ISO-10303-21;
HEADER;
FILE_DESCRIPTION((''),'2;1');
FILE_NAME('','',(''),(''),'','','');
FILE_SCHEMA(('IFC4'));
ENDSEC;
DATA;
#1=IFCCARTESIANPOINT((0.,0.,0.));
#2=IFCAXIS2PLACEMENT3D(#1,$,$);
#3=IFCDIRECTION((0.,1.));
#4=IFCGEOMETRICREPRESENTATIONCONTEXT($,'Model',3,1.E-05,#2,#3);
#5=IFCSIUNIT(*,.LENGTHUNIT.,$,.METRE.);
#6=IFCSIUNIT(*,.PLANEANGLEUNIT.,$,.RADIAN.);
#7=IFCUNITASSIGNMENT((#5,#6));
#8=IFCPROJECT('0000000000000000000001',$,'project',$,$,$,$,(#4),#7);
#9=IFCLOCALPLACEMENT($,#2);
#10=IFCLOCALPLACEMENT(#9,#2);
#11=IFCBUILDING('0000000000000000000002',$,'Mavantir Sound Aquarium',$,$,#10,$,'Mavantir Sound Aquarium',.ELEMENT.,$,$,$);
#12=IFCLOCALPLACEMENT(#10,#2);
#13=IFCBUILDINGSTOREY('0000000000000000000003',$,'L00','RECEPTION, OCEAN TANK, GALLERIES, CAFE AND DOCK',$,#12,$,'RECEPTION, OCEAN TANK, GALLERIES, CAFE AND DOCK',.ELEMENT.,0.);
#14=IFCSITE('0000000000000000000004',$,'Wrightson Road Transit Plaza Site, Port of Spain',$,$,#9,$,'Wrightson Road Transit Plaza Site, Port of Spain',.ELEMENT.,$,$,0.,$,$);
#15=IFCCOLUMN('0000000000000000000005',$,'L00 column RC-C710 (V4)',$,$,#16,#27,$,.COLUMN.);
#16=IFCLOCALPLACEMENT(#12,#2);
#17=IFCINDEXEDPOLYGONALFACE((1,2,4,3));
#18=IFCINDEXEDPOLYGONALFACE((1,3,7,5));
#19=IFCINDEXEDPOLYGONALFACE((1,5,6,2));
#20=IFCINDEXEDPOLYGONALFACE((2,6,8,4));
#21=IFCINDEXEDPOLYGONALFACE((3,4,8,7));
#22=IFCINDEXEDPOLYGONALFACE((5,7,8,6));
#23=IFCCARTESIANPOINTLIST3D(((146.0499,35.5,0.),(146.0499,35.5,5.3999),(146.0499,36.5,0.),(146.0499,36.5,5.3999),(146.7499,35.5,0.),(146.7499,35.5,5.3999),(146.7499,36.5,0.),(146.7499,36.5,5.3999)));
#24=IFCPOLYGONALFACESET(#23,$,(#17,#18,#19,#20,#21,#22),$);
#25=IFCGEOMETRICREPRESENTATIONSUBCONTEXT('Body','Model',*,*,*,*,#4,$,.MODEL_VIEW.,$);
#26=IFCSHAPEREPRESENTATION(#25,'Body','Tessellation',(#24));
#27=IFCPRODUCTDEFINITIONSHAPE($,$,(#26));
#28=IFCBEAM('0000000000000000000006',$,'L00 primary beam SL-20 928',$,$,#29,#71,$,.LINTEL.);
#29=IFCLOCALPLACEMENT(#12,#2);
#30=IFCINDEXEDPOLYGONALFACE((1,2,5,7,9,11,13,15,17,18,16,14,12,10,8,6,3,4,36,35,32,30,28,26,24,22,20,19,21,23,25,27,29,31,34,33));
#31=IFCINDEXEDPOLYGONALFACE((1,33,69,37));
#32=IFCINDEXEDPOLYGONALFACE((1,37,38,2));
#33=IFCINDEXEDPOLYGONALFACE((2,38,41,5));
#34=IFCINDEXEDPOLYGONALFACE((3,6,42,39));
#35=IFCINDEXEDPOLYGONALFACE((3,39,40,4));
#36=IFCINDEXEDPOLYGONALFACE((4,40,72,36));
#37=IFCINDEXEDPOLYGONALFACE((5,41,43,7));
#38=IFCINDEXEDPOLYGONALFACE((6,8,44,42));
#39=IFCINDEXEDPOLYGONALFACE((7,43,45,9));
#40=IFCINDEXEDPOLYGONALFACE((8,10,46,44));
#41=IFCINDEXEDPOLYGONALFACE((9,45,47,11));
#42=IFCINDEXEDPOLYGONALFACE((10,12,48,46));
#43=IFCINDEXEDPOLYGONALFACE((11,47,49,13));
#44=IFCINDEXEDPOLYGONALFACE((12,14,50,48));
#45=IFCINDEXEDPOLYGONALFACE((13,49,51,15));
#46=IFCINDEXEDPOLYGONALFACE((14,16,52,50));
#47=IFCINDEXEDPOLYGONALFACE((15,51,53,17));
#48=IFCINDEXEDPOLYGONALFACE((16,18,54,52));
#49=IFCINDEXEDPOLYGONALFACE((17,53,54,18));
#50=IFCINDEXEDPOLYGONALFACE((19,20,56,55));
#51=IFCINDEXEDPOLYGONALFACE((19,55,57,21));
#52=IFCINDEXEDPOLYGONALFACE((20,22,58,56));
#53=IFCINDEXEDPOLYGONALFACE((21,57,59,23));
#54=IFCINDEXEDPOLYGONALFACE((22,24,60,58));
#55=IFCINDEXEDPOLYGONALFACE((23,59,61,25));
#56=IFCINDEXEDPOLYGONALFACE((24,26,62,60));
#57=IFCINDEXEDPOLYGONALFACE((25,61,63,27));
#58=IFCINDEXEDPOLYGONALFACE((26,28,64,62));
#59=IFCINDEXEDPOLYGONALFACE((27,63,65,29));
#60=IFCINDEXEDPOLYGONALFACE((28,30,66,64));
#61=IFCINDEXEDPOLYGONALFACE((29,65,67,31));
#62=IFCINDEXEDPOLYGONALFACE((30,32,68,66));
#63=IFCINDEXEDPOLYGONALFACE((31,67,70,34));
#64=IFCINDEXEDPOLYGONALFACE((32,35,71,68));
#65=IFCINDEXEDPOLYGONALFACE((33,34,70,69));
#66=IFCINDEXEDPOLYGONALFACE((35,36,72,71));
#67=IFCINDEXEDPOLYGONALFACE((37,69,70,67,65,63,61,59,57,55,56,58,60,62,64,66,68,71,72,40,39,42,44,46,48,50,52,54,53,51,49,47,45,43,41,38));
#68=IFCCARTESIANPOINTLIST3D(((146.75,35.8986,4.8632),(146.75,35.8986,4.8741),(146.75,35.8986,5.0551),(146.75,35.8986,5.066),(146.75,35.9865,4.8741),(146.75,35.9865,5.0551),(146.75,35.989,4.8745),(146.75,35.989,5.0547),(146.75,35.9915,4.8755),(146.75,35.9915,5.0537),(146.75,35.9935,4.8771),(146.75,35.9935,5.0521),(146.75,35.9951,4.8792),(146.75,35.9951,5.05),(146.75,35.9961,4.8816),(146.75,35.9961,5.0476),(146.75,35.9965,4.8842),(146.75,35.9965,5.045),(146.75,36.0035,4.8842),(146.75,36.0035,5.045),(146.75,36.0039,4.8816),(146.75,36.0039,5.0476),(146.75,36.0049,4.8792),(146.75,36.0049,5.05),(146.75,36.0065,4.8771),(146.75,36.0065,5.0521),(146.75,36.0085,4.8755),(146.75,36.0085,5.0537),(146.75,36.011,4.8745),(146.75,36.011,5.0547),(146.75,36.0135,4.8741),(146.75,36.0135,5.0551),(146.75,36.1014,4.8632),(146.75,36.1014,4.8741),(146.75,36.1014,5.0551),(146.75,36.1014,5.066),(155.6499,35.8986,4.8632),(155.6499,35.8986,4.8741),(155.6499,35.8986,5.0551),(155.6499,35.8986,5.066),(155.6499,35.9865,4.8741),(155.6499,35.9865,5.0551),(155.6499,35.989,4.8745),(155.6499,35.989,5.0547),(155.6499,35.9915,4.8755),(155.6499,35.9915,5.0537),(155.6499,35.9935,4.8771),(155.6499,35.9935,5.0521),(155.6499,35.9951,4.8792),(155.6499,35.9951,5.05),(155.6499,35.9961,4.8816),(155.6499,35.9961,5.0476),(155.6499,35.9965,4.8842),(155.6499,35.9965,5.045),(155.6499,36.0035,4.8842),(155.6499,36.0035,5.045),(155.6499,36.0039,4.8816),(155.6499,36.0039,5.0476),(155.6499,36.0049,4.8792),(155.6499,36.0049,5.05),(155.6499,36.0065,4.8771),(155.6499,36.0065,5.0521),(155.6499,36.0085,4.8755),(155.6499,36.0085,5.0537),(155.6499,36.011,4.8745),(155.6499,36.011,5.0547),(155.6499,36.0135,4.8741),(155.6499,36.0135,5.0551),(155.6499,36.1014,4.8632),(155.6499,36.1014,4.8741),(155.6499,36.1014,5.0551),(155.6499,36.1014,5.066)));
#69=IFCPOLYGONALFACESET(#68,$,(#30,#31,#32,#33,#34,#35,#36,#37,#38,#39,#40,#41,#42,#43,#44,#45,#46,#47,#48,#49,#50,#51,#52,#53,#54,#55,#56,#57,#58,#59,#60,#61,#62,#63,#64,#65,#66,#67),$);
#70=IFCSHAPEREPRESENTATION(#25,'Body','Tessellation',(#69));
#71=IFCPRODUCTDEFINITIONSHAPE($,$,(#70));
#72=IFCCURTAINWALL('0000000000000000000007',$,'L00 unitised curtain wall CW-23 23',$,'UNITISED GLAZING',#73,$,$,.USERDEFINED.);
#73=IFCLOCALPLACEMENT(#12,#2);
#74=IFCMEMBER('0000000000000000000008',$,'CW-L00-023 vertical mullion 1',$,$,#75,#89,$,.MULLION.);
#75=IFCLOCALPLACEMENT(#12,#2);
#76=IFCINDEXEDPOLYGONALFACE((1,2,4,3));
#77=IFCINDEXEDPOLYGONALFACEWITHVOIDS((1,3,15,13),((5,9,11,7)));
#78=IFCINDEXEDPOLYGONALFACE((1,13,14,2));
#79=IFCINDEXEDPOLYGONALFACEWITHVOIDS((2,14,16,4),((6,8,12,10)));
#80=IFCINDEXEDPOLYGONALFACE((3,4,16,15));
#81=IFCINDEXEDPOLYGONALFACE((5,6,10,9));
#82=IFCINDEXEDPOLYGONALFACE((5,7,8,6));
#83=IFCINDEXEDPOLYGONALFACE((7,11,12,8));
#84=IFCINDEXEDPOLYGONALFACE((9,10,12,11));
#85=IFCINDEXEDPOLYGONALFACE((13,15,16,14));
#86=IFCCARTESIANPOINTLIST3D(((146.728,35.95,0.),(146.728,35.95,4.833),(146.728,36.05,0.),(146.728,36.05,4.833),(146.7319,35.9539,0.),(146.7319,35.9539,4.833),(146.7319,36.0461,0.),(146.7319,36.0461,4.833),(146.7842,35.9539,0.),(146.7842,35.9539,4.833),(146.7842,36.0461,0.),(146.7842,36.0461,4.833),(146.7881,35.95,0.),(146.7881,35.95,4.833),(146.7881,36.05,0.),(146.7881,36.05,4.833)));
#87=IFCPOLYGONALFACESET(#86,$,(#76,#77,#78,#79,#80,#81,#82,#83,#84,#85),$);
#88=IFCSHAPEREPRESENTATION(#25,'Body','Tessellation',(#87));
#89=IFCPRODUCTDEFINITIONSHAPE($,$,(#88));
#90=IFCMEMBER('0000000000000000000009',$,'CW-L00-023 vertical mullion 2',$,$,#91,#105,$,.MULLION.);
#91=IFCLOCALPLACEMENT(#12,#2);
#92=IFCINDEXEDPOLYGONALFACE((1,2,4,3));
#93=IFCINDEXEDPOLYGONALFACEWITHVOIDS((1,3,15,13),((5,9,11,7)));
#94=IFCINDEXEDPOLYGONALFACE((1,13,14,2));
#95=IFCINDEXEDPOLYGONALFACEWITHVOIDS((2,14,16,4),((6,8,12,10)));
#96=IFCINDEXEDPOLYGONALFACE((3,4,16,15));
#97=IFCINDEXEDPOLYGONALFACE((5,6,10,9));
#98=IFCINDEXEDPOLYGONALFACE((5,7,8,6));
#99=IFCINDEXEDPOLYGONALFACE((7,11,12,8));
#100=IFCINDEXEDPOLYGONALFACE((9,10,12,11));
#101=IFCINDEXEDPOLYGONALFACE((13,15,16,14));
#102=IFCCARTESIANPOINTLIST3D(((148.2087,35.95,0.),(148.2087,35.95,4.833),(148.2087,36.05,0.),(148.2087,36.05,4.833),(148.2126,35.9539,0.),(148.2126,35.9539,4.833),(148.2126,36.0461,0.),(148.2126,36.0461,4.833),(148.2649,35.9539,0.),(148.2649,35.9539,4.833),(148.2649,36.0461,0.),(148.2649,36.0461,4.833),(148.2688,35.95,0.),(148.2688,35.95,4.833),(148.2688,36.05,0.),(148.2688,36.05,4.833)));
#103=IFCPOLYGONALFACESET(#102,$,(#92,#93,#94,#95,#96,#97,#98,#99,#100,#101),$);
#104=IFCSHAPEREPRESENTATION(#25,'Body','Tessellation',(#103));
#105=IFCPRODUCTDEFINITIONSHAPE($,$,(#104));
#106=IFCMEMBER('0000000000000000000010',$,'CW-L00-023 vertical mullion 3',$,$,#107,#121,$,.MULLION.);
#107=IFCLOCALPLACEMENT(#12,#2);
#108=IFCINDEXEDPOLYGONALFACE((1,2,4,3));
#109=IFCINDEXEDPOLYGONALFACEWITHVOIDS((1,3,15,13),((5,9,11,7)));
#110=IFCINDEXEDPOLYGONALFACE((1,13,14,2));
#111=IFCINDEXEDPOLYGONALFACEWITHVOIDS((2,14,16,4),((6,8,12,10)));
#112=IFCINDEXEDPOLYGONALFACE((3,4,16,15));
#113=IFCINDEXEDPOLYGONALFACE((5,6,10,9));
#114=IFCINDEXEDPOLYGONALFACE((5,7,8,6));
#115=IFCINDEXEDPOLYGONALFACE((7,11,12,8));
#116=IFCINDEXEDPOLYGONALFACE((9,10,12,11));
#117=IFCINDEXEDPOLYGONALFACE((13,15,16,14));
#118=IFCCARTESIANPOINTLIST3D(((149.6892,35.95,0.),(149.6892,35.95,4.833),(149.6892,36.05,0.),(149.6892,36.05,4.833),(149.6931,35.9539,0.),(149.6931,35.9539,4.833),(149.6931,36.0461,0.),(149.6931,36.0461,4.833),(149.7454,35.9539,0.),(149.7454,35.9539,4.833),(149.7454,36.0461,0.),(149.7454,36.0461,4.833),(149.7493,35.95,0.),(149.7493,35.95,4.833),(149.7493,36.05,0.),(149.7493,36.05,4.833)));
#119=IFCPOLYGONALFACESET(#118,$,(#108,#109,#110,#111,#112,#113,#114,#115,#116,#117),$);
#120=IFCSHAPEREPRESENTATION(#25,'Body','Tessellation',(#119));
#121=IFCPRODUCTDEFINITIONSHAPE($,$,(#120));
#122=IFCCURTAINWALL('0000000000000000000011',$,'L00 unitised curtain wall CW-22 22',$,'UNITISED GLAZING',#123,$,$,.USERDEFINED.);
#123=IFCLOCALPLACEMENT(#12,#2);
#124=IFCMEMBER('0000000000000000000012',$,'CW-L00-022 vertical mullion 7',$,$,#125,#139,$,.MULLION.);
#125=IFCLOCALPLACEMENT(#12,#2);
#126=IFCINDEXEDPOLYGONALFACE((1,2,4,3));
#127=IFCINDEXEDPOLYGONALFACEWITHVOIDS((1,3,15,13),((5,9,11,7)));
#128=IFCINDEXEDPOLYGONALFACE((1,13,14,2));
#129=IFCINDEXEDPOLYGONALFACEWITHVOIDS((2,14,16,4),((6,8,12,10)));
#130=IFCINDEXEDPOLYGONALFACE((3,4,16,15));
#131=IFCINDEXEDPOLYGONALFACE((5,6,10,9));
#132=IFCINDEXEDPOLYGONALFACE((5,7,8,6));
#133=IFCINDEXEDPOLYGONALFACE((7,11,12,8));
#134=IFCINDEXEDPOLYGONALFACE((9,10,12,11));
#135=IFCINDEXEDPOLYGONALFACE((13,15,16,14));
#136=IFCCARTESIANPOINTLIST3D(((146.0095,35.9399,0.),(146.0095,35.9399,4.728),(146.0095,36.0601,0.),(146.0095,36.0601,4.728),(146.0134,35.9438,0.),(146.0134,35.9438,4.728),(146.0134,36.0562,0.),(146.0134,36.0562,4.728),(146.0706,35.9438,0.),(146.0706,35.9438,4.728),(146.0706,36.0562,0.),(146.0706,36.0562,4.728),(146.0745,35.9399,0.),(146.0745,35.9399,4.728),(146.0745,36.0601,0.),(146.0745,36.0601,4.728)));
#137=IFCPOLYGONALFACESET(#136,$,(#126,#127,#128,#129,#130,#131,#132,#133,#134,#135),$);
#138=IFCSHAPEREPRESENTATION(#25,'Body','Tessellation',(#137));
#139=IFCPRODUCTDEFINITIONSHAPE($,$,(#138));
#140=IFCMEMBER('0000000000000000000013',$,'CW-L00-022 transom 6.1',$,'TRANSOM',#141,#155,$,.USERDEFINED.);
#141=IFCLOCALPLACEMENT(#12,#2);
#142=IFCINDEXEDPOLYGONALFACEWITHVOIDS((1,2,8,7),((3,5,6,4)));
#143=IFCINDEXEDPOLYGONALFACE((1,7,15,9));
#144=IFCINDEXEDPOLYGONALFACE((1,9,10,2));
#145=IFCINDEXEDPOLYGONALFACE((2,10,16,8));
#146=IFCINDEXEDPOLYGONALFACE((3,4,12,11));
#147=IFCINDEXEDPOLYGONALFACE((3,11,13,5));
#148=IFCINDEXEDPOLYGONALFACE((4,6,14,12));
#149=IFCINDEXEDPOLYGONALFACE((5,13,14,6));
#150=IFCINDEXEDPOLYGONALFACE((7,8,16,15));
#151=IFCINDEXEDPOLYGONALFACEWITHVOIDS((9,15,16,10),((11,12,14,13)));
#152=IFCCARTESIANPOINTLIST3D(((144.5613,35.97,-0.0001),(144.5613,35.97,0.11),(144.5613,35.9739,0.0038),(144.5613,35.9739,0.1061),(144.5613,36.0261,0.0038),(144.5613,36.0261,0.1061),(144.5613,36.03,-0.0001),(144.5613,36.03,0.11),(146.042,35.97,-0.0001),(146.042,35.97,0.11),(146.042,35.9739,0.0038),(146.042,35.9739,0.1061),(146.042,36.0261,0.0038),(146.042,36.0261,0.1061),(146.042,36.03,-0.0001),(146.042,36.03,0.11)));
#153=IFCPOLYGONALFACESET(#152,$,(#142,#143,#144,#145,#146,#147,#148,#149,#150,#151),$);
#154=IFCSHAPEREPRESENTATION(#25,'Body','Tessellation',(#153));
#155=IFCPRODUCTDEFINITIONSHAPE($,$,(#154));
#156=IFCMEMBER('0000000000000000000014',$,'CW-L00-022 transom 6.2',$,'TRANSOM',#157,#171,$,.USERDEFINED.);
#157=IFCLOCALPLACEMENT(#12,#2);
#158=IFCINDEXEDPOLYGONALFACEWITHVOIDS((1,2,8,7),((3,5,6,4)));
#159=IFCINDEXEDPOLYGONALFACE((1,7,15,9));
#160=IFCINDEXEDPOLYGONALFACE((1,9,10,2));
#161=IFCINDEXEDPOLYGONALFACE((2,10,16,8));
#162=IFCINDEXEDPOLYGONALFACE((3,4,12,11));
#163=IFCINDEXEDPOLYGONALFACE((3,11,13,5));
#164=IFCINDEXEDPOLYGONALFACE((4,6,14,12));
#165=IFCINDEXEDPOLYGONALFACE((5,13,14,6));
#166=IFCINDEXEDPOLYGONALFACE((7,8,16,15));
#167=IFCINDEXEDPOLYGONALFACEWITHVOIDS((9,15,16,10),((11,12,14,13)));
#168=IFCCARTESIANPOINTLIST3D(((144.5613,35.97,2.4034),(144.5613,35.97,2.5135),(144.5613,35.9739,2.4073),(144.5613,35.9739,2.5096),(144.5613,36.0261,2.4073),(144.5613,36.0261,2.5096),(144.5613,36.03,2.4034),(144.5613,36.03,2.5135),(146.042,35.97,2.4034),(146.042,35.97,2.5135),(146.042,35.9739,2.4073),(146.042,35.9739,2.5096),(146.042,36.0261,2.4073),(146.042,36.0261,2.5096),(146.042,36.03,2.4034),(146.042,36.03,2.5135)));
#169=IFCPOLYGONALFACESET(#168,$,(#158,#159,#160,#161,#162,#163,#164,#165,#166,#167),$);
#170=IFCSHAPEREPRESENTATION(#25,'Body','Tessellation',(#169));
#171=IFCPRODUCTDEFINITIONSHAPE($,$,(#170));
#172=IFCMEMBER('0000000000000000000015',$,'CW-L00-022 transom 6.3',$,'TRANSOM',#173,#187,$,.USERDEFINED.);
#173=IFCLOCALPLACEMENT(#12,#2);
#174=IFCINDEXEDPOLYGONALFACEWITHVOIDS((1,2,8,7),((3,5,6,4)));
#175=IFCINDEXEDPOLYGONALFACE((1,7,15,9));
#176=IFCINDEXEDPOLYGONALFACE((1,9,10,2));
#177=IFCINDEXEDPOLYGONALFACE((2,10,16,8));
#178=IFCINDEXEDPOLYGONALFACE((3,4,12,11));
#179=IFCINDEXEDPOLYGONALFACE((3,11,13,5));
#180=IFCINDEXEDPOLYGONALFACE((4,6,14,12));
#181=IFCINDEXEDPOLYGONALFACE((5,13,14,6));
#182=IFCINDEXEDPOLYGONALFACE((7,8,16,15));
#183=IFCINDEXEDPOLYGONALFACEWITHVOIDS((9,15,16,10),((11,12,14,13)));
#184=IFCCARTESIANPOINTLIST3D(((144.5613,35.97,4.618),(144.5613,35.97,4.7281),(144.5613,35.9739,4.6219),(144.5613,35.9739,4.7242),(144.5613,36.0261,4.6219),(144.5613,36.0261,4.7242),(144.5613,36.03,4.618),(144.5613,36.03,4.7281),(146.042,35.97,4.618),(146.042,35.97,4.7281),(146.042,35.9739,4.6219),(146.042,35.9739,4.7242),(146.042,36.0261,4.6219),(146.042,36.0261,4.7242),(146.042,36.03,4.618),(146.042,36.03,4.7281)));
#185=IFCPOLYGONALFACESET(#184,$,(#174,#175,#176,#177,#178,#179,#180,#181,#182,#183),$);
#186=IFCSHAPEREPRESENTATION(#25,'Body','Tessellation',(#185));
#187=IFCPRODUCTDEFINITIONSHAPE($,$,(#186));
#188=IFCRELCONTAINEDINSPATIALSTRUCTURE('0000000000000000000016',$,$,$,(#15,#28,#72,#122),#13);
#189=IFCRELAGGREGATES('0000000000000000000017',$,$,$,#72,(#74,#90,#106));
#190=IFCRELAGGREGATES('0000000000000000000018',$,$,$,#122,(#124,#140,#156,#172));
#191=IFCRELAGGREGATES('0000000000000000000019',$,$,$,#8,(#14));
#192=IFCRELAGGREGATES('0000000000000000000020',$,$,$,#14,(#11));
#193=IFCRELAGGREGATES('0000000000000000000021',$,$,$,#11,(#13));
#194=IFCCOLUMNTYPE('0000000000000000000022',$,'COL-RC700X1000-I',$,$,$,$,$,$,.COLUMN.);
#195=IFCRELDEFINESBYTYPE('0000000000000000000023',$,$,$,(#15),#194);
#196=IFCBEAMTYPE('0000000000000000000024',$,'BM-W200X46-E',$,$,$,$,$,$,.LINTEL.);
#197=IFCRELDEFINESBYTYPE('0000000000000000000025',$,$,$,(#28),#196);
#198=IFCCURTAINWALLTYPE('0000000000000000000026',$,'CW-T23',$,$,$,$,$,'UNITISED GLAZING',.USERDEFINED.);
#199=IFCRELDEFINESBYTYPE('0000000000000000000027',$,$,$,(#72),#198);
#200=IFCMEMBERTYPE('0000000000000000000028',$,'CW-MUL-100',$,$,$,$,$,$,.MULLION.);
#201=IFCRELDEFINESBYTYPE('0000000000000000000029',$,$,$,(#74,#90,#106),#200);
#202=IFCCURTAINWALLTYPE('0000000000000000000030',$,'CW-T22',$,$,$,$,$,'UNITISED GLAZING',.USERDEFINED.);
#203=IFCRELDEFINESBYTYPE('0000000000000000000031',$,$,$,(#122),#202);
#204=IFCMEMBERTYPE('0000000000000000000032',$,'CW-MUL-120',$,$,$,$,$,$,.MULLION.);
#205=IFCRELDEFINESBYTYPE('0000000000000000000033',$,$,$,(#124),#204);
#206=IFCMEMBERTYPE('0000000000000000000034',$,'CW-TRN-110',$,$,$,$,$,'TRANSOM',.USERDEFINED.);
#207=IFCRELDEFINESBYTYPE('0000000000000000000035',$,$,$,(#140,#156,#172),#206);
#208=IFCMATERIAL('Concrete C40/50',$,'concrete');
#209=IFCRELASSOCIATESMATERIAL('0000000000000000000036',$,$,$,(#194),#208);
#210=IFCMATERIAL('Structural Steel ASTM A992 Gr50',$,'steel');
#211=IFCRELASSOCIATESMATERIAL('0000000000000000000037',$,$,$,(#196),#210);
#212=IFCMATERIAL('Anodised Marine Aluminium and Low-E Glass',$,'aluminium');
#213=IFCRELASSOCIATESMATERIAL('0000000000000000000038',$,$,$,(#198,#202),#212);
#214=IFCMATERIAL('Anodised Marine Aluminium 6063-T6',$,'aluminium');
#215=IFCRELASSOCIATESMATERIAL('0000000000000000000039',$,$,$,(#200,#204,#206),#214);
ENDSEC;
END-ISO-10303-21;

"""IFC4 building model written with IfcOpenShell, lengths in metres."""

from ifc_helpers import new_model, si_unit, direction, frame, origin, origin_2d, place, context, subcontext, project, spatial, rectangle, hollow_rectangle, i_section, extrude, material, material_profile, profile_set, type_object, element, aggregate, save


model = new_model("IFC4")

# Units and contexts
model_context = context("Model", 3, precision=1e-05, world=origin(), true_north=direction((0.0, 1.0)))
body_context = subcontext(model_context, "Body", "Model", "MODEL_VIEW")
ifc_project = project(units=[si_unit("LENGTHUNIT", "METRE"), si_unit("PLANEANGLEUNIT", "RADIAN")], contexts=[model_context])

# Site, building, storey
site_placement = place(None, origin())
site = spatial("IfcSite", under=ifc_project, at=site_placement, Name="Wrightson Road Transit Plaza Site, Port of Spain", LongName="Wrightson Road Transit Plaza Site, Port of Spain", CompositionType="ELEMENT", RefElevation=0.0)
building_placement = place(site_placement, origin())
building = spatial("IfcBuilding", under=site, at=building_placement, Name="Mavantir Sound Aquarium", LongName="Mavantir Sound Aquarium", CompositionType="ELEMENT")
storey_placement = place(building_placement, origin())
storey = spatial("IfcBuildingStorey", under=building, at=storey_placement, Name="L00", Description="RECEPTION, OCEAN TANK, GALLERIES, CAFE AND DOCK", LongName="RECEPTION, OCEAN TANK, GALLERIES, CAFE AND DOCK", CompositionType="ELEMENT", Elevation=0.0)

# Column
ifc_material_1 = material(Name="Concrete C40/50", Category="concrete")
ifc_material_profile_1 = material_profile(ifc_material_1, rectangle(XDim=0.7, YDim=1.0, at=origin_2d()), Name="RC 700X1000")
ifc_profile_set_1 = profile_set([ifc_material_profile_1], Name="Concrete C40/50")
column_type = type_object("IfcColumnType", Name="COL-RC700X1000-I", PredefinedType="COLUMN", material=ifc_profile_set_1)
column_placement = place(storey_placement, frame((146.3999, 36.0, 0.0), z_axis=(0.0, 0.0, 1.0), x_axis=(1.0, 0.0, 0.0)))
element("IfcColumn", 1, at=column_placement, inside=storey, type_object=column_type, Name="L00 column RC-C710 (V4)", PredefinedType="COLUMN", context=body_context, shape_type="SweptSolid", body=[
    extrude(rectangle(XDim=0.7, YDim=1.0, at=origin_2d()), origin(), (0.0, 0.0, 1.0), 5.3999),
])

# Beam
ifc_material_2 = material(Name="Structural Steel ASTM A992 Gr50", Category="steel")
ifc_material_profile_2 = material_profile(ifc_material_2, i_section(OverallWidth=0.2029, OverallDepth=0.2029, WebThickness=0.0071, FlangeThickness=0.011, FilletRadius=0.01, at=origin_2d()), Name="W200X46")
ifc_profile_set_2 = profile_set([ifc_material_profile_2], Name="Structural Steel ASTM A992 Gr50")
beam_type = type_object("IfcBeamType", Name="BM-W200X46-E", PredefinedType="LINTEL", material=ifc_profile_set_2)
beam_placement = place(storey_placement, frame((146.75, 36.0, 4.9646), z_axis=(1.0, 0.0, 0.0), x_axis=(0.0, 1.0, 0.0)))
element("IfcBeam", 2, at=beam_placement, inside=storey, type_object=beam_type, Name="L00 primary beam SL-20 928", PredefinedType="LINTEL", context=body_context, shape_type="SweptSolid", body=[
    extrude(i_section(OverallWidth=0.2029, OverallDepth=0.2029, WebThickness=0.0071, FlangeThickness=0.011, FilletRadius=0.01, at=origin_2d()), origin(), (0.0, 0.0, 1.0), 8.8999),
])

# Curtain walls, members
ifc_material_3 = material(Name="Anodised Marine Aluminium and Low-E Glass", Category="aluminium")
curtain_wall_type_1 = type_object("IfcCurtainWallType", Name="CW-T23", ElementType="UNITISED GLAZING", PredefinedType="USERDEFINED", material=ifc_material_3)
curtain_wall_1_placement = place(storey_placement, origin())
curtain_wall_1 = element("IfcCurtainWall", 3, at=curtain_wall_1_placement, inside=storey, type_object=curtain_wall_type_1, Name="L00 unitised curtain wall CW-23 23", ObjectType="UNITISED GLAZING", PredefinedType="USERDEFINED")
ifc_material_4 = material(Name="Anodised Marine Aluminium 6063-T6", Category="aluminium")
ifc_material_profile_3 = material_profile(ifc_material_4, hollow_rectangle(XDim=0.0601, YDim=0.1001, WallThickness=0.0039, at=origin_2d()), Name="ALU-MULLION-100X60")
ifc_profile_set_3 = profile_set([ifc_material_profile_3], Name="Anodised Marine Aluminium 6063-T6")
member_type_1 = type_object("IfcMemberType", Name="CW-MUL-100", PredefinedType="MULLION", material=ifc_profile_set_3)
member_1_placement = place(storey_placement, frame((146.7581, 36.0, 0.0), z_axis=(0.0, 0.0, 1.0), x_axis=(1.0, 0.0, 0.0)))
member_1 = element("IfcMember", 4, at=member_1_placement, type_object=member_type_1, Name="CW-L00-023 vertical mullion 1", PredefinedType="MULLION", context=body_context, shape_type="SweptSolid", body=[
    extrude(hollow_rectangle(XDim=0.0601, YDim=0.1001, WallThickness=0.0039, at=origin_2d()), origin(), (0.0, 0.0, 1.0), 4.833),
])
member_2_placement = place(storey_placement, frame((148.2388, 36.0, 0.0), z_axis=(0.0, 0.0, 1.0), x_axis=(1.0, 0.0, 0.0)))
member_2 = element("IfcMember", 5, at=member_2_placement, type_object=member_type_1, Name="CW-L00-023 vertical mullion 2", PredefinedType="MULLION", context=body_context, shape_type="SweptSolid", body=[
    extrude(hollow_rectangle(XDim=0.0601, YDim=0.1001, WallThickness=0.0039, at=origin_2d()), origin(), (0.0, 0.0, 1.0), 4.833),
])
member_3_placement = place(storey_placement, frame((149.7192, 36.0, 0.0), z_axis=(0.0, 0.0, 1.0), x_axis=(1.0, 0.0, 0.0)))
member_3 = element("IfcMember", 6, at=member_3_placement, type_object=member_type_1, Name="CW-L00-023 vertical mullion 3", PredefinedType="MULLION", context=body_context, shape_type="SweptSolid", body=[
    extrude(hollow_rectangle(XDim=0.0601, YDim=0.1001, WallThickness=0.0039, at=origin_2d()), origin(), (0.0, 0.0, 1.0), 4.833),
])
curtain_wall_type_2 = type_object("IfcCurtainWallType", Name="CW-T22", ElementType="UNITISED GLAZING", PredefinedType="USERDEFINED", material=ifc_material_3)
curtain_wall_2_placement = place(storey_placement, origin())
curtain_wall_2 = element("IfcCurtainWall", 7, at=curtain_wall_2_placement, inside=storey, type_object=curtain_wall_type_2, Name="L00 unitised curtain wall CW-22 22", ObjectType="UNITISED GLAZING", PredefinedType="USERDEFINED")
ifc_material_profile_4 = material_profile(ifc_material_4, hollow_rectangle(XDim=0.0649, YDim=0.1201, WallThickness=0.0039, at=origin_2d()), Name="ALU-MULLION-120X65")
ifc_profile_set_4 = profile_set([ifc_material_profile_4], Name="Anodised Marine Aluminium 6063-T6")
member_type_2 = type_object("IfcMemberType", Name="CW-MUL-120", PredefinedType="MULLION", material=ifc_profile_set_4)
member_4_placement = place(storey_placement, frame((146.042, 36.0, 0.0), z_axis=(0.0, 0.0, 1.0), x_axis=(1.0, 0.0, 0.0)))
member_4 = element("IfcMember", 8, at=member_4_placement, type_object=member_type_2, Name="CW-L00-022 vertical mullion 7", PredefinedType="MULLION", context=body_context, shape_type="SweptSolid", body=[
    extrude(hollow_rectangle(XDim=0.0649, YDim=0.1201, WallThickness=0.0039, at=origin_2d()), origin(), (0.0, 0.0, 1.0), 4.728),
])
ifc_material_profile_5 = material_profile(ifc_material_4, hollow_rectangle(XDim=0.0601, YDim=0.1101, WallThickness=0.0039, at=origin_2d()), Name="ALU-TRANSOM-110X60")
ifc_profile_set_5 = profile_set([ifc_material_profile_5], Name="Anodised Marine Aluminium 6063-T6")
member_type_3 = type_object("IfcMemberType", Name="CW-TRN-110", ElementType="TRANSOM", PredefinedType="USERDEFINED", material=ifc_profile_set_5)
member_5_placement = place(storey_placement, frame((144.5613, 36.0, 0.0549), z_axis=(1.0, 0.0, 0.0), x_axis=(0.0, 1.0, 0.0)))
member_5 = element("IfcMember", 9, at=member_5_placement, type_object=member_type_3, Name="CW-L00-022 transom 6.1", ObjectType="TRANSOM", PredefinedType="USERDEFINED", context=body_context, shape_type="SweptSolid", body=[
    extrude(hollow_rectangle(XDim=0.0601, YDim=0.1101, WallThickness=0.0039, at=origin_2d()), origin(), (0.0, 0.0, 1.0), 1.4807),
])
member_6_placement = place(storey_placement, frame((144.5613, 36.0, 2.4585), z_axis=(1.0, 0.0, 0.0), x_axis=(0.0, 1.0, 0.0)))
member_6 = element("IfcMember", 10, at=member_6_placement, type_object=member_type_3, Name="CW-L00-022 transom 6.2", ObjectType="TRANSOM", PredefinedType="USERDEFINED", context=body_context, shape_type="SweptSolid", body=[
    extrude(hollow_rectangle(XDim=0.0601, YDim=0.1101, WallThickness=0.0039, at=origin_2d()), origin(), (0.0, 0.0, 1.0), 1.4807),
])
member_7_placement = place(storey_placement, frame((144.5613, 36.0, 4.6731), z_axis=(1.0, 0.0, 0.0), x_axis=(0.0, 1.0, 0.0)))
member_7 = element("IfcMember", 11, at=member_7_placement, type_object=member_type_3, Name="CW-L00-022 transom 6.3", ObjectType="TRANSOM", PredefinedType="USERDEFINED", context=body_context, shape_type="SweptSolid", body=[
    extrude(hollow_rectangle(XDim=0.0601, YDim=0.1101, WallThickness=0.0039, at=origin_2d()), origin(), (0.0, 0.0, 1.0), 1.4807),
])

aggregate(curtain_wall_1, [member_1, member_2, member_3])
aggregate(curtain_wall_2, [member_4, member_5, member_6, member_7])

save(model, "model.ifc")
